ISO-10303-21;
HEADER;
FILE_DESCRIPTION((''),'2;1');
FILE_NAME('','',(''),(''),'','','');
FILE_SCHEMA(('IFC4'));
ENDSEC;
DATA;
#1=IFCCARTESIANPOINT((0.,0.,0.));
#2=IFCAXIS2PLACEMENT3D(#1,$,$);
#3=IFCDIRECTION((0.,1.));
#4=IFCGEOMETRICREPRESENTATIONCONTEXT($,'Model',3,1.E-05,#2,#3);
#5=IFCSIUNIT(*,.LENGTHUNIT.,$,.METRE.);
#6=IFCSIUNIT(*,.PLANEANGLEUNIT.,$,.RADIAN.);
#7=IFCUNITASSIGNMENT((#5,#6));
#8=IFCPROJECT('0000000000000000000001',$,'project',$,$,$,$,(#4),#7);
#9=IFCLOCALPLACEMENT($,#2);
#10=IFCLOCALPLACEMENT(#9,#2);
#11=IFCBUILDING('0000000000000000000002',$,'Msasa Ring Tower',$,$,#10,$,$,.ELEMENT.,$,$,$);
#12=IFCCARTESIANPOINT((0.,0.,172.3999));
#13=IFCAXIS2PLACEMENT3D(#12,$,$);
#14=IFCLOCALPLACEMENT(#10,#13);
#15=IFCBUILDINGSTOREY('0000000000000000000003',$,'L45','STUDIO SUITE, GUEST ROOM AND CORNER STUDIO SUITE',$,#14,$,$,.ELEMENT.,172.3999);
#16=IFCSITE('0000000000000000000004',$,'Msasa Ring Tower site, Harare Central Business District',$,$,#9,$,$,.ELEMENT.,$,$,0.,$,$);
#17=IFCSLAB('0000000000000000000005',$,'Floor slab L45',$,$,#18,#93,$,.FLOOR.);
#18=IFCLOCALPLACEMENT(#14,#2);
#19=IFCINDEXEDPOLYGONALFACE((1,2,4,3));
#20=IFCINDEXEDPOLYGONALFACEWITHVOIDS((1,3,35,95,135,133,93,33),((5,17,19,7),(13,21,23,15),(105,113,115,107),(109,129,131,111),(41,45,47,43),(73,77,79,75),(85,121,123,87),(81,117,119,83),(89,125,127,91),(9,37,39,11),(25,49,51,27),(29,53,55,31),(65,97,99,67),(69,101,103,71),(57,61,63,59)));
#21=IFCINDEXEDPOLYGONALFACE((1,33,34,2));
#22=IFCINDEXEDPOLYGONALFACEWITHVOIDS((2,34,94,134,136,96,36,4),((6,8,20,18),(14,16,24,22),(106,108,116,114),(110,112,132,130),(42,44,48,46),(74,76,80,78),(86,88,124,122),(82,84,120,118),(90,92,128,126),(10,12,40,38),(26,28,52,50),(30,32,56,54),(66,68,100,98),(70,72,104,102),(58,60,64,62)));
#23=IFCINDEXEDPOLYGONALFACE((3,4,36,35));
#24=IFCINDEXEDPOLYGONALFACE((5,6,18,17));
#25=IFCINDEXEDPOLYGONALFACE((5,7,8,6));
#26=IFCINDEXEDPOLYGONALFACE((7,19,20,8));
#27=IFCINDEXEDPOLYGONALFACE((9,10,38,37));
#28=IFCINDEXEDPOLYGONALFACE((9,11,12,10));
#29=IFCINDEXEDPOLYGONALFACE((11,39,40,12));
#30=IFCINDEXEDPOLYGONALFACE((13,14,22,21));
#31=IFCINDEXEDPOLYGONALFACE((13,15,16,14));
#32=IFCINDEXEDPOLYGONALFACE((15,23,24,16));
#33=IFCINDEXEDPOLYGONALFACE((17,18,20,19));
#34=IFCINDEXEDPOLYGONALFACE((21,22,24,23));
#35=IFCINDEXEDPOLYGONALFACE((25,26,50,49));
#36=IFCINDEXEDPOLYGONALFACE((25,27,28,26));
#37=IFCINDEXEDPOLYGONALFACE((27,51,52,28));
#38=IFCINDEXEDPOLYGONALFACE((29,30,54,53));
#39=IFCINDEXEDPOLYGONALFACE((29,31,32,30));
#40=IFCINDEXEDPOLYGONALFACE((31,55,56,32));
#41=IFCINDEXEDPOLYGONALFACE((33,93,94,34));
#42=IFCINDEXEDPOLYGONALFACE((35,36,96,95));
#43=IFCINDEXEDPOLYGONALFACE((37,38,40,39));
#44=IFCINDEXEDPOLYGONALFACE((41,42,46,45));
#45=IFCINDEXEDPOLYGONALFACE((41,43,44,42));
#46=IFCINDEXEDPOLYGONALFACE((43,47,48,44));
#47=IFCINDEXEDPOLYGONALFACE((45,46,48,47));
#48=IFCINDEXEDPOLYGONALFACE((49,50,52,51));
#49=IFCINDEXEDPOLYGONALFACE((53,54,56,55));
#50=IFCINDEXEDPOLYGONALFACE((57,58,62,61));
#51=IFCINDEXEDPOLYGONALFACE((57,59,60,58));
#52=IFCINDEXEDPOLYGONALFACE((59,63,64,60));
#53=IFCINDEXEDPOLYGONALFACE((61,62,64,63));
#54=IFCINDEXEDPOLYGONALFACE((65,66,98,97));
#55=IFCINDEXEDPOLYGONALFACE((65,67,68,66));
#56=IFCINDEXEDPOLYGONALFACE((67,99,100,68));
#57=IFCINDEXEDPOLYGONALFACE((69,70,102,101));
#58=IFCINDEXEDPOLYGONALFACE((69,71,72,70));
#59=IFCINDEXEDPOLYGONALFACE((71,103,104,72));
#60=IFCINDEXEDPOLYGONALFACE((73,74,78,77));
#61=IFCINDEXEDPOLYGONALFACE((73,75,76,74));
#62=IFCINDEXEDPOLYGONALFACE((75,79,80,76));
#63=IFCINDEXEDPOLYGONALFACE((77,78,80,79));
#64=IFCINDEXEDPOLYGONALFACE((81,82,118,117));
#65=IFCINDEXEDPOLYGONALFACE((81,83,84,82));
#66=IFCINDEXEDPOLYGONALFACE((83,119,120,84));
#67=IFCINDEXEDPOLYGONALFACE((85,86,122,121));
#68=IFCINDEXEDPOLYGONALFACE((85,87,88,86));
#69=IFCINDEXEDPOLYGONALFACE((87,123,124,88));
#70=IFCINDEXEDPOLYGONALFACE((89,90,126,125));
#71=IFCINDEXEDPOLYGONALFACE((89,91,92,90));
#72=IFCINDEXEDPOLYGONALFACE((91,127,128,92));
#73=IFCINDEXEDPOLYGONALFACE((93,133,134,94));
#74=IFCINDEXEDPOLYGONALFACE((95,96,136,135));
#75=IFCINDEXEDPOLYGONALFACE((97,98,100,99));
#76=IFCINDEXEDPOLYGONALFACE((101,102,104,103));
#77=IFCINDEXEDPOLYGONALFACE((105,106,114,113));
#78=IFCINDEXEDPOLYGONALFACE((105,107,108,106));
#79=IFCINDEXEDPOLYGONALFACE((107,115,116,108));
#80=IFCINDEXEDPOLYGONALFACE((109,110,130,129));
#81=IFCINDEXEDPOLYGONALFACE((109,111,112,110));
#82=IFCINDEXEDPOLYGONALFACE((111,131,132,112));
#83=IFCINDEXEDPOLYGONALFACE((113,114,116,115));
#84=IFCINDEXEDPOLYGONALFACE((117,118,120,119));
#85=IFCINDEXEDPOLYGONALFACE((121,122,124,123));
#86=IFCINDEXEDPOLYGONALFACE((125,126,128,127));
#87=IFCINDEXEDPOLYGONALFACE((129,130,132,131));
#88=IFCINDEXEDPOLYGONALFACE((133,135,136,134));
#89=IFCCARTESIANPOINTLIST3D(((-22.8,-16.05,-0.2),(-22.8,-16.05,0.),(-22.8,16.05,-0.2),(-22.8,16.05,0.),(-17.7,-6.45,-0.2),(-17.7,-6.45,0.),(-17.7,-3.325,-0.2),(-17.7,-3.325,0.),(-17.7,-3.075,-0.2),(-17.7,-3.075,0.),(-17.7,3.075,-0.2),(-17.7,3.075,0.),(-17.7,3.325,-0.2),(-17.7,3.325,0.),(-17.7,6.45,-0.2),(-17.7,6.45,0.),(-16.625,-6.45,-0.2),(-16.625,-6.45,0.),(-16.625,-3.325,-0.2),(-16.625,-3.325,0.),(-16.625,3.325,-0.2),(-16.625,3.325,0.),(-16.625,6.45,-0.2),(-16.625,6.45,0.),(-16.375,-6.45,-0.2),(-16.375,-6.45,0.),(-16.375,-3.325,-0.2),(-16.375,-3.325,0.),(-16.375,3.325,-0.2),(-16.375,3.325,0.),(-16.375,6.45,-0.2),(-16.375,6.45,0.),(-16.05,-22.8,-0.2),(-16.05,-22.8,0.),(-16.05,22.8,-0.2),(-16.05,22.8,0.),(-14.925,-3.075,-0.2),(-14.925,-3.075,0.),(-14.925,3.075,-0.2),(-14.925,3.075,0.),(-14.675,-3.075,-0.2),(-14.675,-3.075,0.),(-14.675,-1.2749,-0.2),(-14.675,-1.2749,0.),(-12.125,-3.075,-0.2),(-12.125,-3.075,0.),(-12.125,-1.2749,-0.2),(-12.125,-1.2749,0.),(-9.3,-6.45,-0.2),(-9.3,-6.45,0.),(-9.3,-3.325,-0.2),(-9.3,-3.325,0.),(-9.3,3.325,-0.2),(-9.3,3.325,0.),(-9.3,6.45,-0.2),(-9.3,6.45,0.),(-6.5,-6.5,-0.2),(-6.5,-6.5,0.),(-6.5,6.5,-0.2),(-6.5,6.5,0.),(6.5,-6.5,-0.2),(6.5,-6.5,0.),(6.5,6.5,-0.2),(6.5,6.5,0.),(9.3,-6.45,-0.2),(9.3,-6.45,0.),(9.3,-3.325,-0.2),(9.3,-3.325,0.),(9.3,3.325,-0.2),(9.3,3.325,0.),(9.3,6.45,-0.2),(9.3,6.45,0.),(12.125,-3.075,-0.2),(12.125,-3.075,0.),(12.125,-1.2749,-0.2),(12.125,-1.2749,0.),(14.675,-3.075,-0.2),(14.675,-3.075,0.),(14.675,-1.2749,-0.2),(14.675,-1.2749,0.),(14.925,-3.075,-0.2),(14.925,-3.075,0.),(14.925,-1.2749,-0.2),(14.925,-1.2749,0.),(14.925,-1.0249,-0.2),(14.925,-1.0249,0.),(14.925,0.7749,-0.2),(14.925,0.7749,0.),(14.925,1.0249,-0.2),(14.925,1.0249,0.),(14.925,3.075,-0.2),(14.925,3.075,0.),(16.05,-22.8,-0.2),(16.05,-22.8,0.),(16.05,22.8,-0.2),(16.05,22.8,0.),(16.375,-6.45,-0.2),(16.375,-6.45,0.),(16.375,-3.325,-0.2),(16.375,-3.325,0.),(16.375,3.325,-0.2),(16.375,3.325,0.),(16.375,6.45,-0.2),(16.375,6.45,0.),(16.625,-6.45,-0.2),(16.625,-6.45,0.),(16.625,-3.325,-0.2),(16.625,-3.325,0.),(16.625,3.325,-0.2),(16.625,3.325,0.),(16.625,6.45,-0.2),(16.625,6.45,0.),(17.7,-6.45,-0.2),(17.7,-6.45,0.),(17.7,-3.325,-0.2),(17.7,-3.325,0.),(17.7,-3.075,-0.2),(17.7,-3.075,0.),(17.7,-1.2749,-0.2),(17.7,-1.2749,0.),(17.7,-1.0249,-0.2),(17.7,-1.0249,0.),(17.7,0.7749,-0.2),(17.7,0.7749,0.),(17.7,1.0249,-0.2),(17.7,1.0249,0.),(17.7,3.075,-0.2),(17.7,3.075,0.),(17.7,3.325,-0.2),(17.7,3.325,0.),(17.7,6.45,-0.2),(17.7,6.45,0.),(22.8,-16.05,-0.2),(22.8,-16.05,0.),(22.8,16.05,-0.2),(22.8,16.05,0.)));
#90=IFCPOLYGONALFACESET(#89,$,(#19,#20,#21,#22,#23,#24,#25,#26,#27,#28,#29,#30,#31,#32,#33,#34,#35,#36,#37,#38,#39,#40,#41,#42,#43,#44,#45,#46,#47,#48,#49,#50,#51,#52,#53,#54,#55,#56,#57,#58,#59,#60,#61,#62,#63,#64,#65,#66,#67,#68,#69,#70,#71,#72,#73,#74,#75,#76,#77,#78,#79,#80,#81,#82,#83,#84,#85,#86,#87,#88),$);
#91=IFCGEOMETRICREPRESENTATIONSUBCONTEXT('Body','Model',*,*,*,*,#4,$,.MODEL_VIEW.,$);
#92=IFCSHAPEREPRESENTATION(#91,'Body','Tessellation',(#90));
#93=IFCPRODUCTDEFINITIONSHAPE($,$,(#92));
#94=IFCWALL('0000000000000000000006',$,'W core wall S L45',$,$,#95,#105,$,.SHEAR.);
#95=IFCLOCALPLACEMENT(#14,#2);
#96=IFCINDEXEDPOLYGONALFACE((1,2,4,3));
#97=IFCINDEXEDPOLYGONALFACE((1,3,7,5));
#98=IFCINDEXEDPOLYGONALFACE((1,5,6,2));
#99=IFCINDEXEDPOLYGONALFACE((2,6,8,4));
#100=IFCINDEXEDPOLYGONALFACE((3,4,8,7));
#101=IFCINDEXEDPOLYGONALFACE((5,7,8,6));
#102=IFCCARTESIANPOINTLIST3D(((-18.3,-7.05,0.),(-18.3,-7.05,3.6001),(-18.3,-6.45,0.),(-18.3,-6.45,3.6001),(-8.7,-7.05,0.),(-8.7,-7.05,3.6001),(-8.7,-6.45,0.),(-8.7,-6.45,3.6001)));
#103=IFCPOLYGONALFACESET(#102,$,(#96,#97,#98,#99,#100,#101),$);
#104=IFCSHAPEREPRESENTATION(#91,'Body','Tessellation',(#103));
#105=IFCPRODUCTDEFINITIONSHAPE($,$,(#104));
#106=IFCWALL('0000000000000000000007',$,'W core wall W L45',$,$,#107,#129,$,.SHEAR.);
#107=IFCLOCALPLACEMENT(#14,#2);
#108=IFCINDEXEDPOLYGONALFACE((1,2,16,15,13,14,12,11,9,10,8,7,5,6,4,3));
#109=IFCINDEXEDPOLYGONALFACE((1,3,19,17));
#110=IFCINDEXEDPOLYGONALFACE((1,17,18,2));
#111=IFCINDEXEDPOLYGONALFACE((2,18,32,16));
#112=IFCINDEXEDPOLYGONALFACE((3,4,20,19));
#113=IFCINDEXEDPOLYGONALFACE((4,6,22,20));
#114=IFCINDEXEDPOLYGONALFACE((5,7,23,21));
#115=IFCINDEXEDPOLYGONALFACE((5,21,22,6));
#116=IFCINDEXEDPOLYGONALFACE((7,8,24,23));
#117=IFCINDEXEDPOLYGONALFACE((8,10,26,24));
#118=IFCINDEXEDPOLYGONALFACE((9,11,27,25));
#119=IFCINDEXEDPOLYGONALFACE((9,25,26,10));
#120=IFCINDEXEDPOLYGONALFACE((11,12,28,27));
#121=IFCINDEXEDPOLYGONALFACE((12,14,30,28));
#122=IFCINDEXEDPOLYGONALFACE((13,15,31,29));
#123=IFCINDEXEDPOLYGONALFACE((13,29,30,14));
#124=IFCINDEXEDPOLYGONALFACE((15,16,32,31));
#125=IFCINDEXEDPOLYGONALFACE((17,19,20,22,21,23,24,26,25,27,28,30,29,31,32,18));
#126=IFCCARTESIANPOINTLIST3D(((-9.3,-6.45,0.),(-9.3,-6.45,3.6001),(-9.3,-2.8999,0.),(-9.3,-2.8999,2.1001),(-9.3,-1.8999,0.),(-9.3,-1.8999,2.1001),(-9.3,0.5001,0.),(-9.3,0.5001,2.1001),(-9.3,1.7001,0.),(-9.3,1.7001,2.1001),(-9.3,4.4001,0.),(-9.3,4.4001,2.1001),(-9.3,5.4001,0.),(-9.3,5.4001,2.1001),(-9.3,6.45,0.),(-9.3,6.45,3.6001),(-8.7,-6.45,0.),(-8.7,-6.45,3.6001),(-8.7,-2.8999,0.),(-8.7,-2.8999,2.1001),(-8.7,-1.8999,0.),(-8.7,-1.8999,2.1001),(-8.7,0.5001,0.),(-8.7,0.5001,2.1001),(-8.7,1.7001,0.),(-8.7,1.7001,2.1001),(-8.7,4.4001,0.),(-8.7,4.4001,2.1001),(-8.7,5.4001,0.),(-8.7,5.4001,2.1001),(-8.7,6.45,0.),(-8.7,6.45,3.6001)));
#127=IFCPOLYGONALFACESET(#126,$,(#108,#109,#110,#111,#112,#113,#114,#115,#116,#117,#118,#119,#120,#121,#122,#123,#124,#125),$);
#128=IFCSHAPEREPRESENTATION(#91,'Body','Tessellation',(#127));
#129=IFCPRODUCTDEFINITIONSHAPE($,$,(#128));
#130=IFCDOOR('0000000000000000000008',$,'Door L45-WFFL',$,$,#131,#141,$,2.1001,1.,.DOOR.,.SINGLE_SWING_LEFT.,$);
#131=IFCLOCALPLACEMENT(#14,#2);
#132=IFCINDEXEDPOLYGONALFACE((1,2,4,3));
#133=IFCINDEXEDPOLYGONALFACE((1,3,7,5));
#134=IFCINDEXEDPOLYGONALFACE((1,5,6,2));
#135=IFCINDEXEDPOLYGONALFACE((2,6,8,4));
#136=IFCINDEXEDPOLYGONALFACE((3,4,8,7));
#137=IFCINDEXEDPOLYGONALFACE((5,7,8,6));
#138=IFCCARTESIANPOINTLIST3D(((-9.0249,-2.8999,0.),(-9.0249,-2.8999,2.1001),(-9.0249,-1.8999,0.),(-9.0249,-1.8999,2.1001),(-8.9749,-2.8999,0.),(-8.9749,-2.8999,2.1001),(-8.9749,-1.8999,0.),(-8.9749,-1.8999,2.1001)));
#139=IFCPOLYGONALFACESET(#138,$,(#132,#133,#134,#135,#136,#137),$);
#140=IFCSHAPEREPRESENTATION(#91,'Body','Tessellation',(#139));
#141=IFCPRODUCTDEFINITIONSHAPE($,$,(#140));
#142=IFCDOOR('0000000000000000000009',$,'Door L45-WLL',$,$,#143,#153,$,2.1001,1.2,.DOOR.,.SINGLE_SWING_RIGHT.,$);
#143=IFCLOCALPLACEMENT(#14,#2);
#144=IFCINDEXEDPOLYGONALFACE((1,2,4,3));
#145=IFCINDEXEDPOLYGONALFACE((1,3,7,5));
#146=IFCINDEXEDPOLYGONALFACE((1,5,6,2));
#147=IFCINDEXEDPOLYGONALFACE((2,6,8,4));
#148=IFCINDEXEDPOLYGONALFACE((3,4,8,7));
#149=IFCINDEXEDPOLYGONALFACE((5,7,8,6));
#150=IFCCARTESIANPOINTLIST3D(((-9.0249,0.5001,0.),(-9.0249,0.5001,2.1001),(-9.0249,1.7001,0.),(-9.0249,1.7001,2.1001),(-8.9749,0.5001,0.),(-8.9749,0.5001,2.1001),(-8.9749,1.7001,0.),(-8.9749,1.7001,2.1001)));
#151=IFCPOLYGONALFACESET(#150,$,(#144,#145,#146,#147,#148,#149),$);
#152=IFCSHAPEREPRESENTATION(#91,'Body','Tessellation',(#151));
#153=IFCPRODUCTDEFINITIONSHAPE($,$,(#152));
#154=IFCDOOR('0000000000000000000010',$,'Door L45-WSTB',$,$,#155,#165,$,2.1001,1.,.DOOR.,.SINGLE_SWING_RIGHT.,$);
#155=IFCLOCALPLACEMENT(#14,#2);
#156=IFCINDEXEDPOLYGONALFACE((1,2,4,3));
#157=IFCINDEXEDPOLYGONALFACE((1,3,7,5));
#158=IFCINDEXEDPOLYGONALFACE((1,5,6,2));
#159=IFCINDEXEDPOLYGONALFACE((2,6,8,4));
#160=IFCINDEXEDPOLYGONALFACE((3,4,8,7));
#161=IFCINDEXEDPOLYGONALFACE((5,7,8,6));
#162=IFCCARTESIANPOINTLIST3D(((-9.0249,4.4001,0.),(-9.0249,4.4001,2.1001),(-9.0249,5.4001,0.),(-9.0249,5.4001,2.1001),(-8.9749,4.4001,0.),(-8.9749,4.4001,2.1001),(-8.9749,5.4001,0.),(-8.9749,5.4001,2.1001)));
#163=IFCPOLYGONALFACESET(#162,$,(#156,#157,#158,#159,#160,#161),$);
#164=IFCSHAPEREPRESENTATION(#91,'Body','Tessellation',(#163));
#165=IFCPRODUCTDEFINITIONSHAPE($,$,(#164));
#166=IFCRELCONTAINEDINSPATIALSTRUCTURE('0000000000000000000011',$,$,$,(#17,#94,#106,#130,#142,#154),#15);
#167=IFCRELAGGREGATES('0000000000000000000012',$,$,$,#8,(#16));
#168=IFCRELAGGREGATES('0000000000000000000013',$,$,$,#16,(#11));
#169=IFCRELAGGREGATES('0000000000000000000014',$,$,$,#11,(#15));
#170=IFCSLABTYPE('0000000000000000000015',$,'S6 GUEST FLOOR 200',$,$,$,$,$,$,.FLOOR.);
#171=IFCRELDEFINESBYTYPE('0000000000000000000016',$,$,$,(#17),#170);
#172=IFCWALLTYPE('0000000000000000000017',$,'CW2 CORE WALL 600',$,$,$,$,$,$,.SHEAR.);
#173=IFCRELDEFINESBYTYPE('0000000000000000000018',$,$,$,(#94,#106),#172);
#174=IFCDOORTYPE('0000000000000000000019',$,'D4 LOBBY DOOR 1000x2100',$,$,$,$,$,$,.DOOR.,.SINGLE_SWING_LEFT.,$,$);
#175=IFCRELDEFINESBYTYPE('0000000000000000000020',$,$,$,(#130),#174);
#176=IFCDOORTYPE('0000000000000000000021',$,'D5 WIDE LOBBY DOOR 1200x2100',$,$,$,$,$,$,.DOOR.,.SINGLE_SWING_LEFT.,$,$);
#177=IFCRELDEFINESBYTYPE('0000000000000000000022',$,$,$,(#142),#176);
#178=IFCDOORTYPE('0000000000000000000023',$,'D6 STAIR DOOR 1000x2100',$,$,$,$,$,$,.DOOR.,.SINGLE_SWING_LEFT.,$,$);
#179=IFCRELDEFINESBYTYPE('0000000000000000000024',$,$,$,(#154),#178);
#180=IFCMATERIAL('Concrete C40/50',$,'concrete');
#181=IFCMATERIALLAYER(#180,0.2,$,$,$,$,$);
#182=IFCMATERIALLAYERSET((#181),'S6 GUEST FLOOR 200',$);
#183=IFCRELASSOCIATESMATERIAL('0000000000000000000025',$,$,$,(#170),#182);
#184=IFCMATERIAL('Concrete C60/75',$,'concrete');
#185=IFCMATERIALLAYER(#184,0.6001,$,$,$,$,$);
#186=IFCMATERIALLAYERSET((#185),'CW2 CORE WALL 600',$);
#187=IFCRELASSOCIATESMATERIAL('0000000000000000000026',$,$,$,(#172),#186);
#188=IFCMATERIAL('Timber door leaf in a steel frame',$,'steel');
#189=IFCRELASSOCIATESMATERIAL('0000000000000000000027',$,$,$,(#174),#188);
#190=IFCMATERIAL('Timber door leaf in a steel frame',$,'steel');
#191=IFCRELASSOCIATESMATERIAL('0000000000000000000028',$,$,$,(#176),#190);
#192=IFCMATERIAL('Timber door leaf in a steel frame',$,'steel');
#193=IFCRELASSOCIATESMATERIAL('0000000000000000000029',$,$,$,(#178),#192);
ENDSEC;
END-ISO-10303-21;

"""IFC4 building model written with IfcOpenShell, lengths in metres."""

from ifc_helpers import new_model, si_unit, direction, frame, frame_2d, origin, place, context, subcontext, project, spatial, polyline, rectangle, outline, extrude, material, layer, layer_set, type_object, element, fill, save


model = new_model("IFC4")

# Units and contexts
model_context = context("Model", 3, precision=1e-05, world=origin(), true_north=direction((0.0, 1.0)))
body_context = subcontext(model_context, "Body", "Model", "MODEL_VIEW")
ifc_project = project(units=[si_unit("LENGTHUNIT", "METRE"), si_unit("PLANEANGLEUNIT", "RADIAN")], contexts=[model_context])

# Site, building, storey
site_placement = place(None, origin())
site = spatial("IfcSite", under=ifc_project, at=site_placement, Name="Msasa Ring Tower site, Harare Central Business District", CompositionType="ELEMENT", RefElevation=0.0)
building_placement = place(site_placement, origin())
building = spatial("IfcBuilding", under=site, at=building_placement, Name="Msasa Ring Tower", CompositionType="ELEMENT")
storey_placement = place(building_placement, frame((0.0, 0.0, 172.3999)))
storey = spatial("IfcBuildingStorey", under=building, at=storey_placement, Name="L45", Description="STUDIO SUITE, GUEST ROOM AND CORNER STUDIO SUITE", CompositionType="ELEMENT", Elevation=172.3999)

# Slab
ifc_material_1 = material(Name="Concrete C40/50", Category="concrete")
ifc_layer_1 = layer(ifc_material_1, 0.2)
ifc_layer_set_1 = layer_set([ifc_layer_1], Name="S6 GUEST FLOOR 200")
slab_type = type_object("IfcSlabType", Name="S6 GUEST FLOOR 200", PredefinedType="FLOOR", material=ifc_layer_set_1)
slab_placement = place(storey_placement, frame((0.0, 0.0, -0.2)))
element("IfcSlab", 1, at=slab_placement, inside=storey, type_object=slab_type, Name="Floor slab L45", PredefinedType="FLOOR", context=body_context, shape_type="SweptSolid", body=[
    extrude(outline(polyline([(-16.05, -22.8), (16.05, -22.8), (22.8, -16.05), (22.8, 16.05), (16.05, 22.8), (-16.05, 22.8), (-22.8, 16.05), (-22.8, -16.05), (-16.05, -22.8)]), holes=[polyline([(-6.5, -6.5), (6.5, -6.5), (6.5, 6.5), (-6.5, 6.5), (-6.5, -6.5)]), polyline([(9.3, -6.45), (16.375, -6.45), (16.375, -3.325), (9.3, -3.325), (9.3, -6.45)]), polyline([(9.3, 3.325), (16.375, 3.325), (16.375, 6.45), (9.3, 6.45), (9.3, 3.325)]), polyline([(12.125, -3.075), (14.675, -3.075), (14.675, -1.2749), (12.125, -1.2749), (12.125, -3.075)]), polyline([(16.625, -6.45), (17.7, -6.45), (17.7, -3.325), (16.625, -3.325), (16.625, -6.45)]), polyline([(16.625, 3.325), (17.7, 3.325), (17.7, 6.45), (16.625, 6.45), (16.625, 3.325)]), polyline([(14.925, -3.075), (17.7, -3.075), (17.7, -1.2749), (14.925, -1.2749), (14.925, -3.075)]), polyline([(14.925, -1.0249), (17.7, -1.0249), (17.7, 0.7749), (14.925, 0.7749), (14.925, -1.0249)]), polyline([(14.925, 1.0249), (17.7, 1.0249), (17.7, 3.075), (14.925, 3.075), (14.925, 1.0249)]), polyline([(-16.375, -6.45), (-9.3, -6.45), (-9.3, -3.325), (-16.375, -3.325), (-16.375, -6.45)]), polyline([(-16.375, 3.325), (-9.3, 3.325), (-9.3, 6.45), (-16.375, 6.45), (-16.375, 3.325)]), polyline([(-14.675, -3.075), (-12.125, -3.075), (-12.125, -1.2749), (-14.675, -1.2749), (-14.675, -3.075)]), polyline([(-17.7, -6.45), (-16.625, -6.45), (-16.625, -3.325), (-17.7, -3.325), (-17.7, -6.45)]), polyline([(-17.7, 3.325), (-16.625, 3.325), (-16.625, 6.45), (-17.7, 6.45), (-17.7, 3.325)]), polyline([(-17.7, -3.075), (-14.925, -3.075), (-14.925, 3.075), (-17.7, 3.075), (-17.7, -3.075)])]), origin(), (0.0, 0.0, 1.0), 0.2),
])

# Wall
ifc_material_2 = material(Name="Concrete C60/75", Category="concrete")
ifc_layer_2 = layer(ifc_material_2, 0.6001)
ifc_layer_set_2 = layer_set([ifc_layer_2], Name="CW2 CORE WALL 600")
wall_type_1 = type_object("IfcWallType", Name="CW2 CORE WALL 600", PredefinedType="SHEAR", material=ifc_layer_set_2)
wall_1_placement = place(storey_placement, frame((-8.7, -6.75, 0.0), z_axis=(0.0, 0.0, 1.0), x_axis=(-1.0, 0.0, 0.0)))
element("IfcWall", 2, at=wall_1_placement, inside=storey, type_object=wall_type_1, Name="W core wall S L45", PredefinedType="SHEAR", context=body_context, shape_type="SweptSolid", body=[
    extrude(rectangle(XDim=9.6001, YDim=0.6001, at=frame_2d((4.8, 0.0))), origin(), (0.0, 0.0, 1.0), 3.6001),
])

# Wall, openings, doors
wall_2_placement = place(storey_placement, frame((-9.0, -6.45, 0.0), z_axis=(0.0, 0.0, 1.0), x_axis=(0.0, 1.0, 0.0)))
wall_2 = element("IfcWall", 3, at=wall_2_placement, inside=storey, type_object=wall_type_1, Name="W core wall W L45", PredefinedType="SHEAR", context=body_context, shape_type="SweptSolid", body=[
    extrude(rectangle(XDim=12.8999, YDim=0.6001, at=frame_2d((6.45, 0.0))), origin(), (0.0, 0.0, 1.0), 3.6001),
])
opening_1_placement = place(wall_2_placement, frame((3.55, 0.0, 0.0)))
opening_1 = element("IfcOpeningElement", 4, at=opening_1_placement, cuts=wall_2, PredefinedType="OPENING", context=body_context, shape_type="SweptSolid", body=[
    extrude(rectangle(XDim=1.0, YDim=2.1001, at=frame_2d((0.5, 1.05))), frame((0.0, 0.3101, 0.0), z_axis=(0.0, -1.0, 0.0), x_axis=(1.0, 0.0, 0.0)), (0.0, 0.0, 1.0), 0.6201),
])
opening_2_placement = place(wall_2_placement, frame((6.95, 0.0, 0.0)))
opening_2 = element("IfcOpeningElement", 5, at=opening_2_placement, cuts=wall_2, PredefinedType="OPENING", context=body_context, shape_type="SweptSolid", body=[
    extrude(rectangle(XDim=1.2, YDim=2.1001, at=frame_2d((0.6001, 1.05))), frame((0.0, 0.3101, 0.0), z_axis=(0.0, -1.0, 0.0), x_axis=(1.0, 0.0, 0.0)), (0.0, 0.0, 1.0), 0.6201),
])
opening_3_placement = place(wall_2_placement, frame((10.8501, 0.0, 0.0)))
opening_3 = element("IfcOpeningElement", 6, at=opening_3_placement, cuts=wall_2, PredefinedType="OPENING", context=body_context, shape_type="SweptSolid", body=[
    extrude(rectangle(XDim=1.0, YDim=2.1001, at=frame_2d((0.5, 1.05))), frame((0.0, 0.3101, 0.0), z_axis=(0.0, -1.0, 0.0), x_axis=(1.0, 0.0, 0.0)), (0.0, 0.0, 1.0), 0.6201),
])
ifc_material_3 = material(Name="Timber door leaf in a steel frame", Category="steel")
door_type_1 = type_object("IfcDoorType", Name="D4 LOBBY DOOR 1000x2100", OperationType="SINGLE_SWING_LEFT", PredefinedType="DOOR", material=ifc_material_3)
door_1_placement = place(opening_1_placement, origin())
door_1 = element("IfcDoor", 7, at=door_1_placement, inside=storey, type_object=door_type_1, Name="Door L45-WFFL", OperationType="SINGLE_SWING_LEFT", OverallHeight=2.1001, OverallWidth=1.0, PredefinedType="DOOR", context=body_context, shape_type="SweptSolid", body=[
    extrude(rectangle(XDim=1.0, YDim=2.1001, at=frame_2d((0.5, 1.05))), frame((0.0, 0.0249, 0.0), z_axis=(0.0, -1.0, 0.0), x_axis=(1.0, 0.0, 0.0)), (0.0, 0.0, 1.0), 0.05),
])
fill(opening_1, door_1)
ifc_material_4 = material(Name="Timber door leaf in a steel frame", Category="steel")
door_type_2 = type_object("IfcDoorType", Name="D5 WIDE LOBBY DOOR 1200x2100", OperationType="SINGLE_SWING_LEFT", PredefinedType="DOOR", material=ifc_material_4)
door_2_placement = place(opening_2_placement, origin())
door_2 = element("IfcDoor", 8, at=door_2_placement, inside=storey, type_object=door_type_2, Name="Door L45-WLL", OperationType="SINGLE_SWING_RIGHT", OverallHeight=2.1001, OverallWidth=1.2, PredefinedType="DOOR", context=body_context, shape_type="SweptSolid", body=[
    extrude(rectangle(XDim=1.2, YDim=2.1001, at=frame_2d((0.6001, 1.05))), frame((0.0, 0.0249, 0.0), z_axis=(0.0, -1.0, 0.0), x_axis=(1.0, 0.0, 0.0)), (0.0, 0.0, 1.0), 0.05),
])
fill(opening_2, door_2)
ifc_material_5 = material(Name="Timber door leaf in a steel frame", Category="steel")
door_type_3 = type_object("IfcDoorType", Name="D6 STAIR DOOR 1000x2100", OperationType="SINGLE_SWING_LEFT", PredefinedType="DOOR", material=ifc_material_5)
door_3_placement = place(opening_3_placement, origin())
door_3 = element("IfcDoor", 9, at=door_3_placement, inside=storey, type_object=door_type_3, Name="Door L45-WSTB", OperationType="SINGLE_SWING_RIGHT", OverallHeight=2.1001, OverallWidth=1.0, PredefinedType="DOOR", context=body_context, shape_type="SweptSolid", body=[
    extrude(rectangle(XDim=1.0, YDim=2.1001, at=frame_2d((0.5, 1.05))), frame((0.0, 0.0249, 0.0), z_axis=(0.0, -1.0, 0.0), x_axis=(1.0, 0.0, 0.0)), (0.0, 0.0, 1.0), 0.05),
])
fill(opening_3, door_3)

save(model, "model.ifc")
